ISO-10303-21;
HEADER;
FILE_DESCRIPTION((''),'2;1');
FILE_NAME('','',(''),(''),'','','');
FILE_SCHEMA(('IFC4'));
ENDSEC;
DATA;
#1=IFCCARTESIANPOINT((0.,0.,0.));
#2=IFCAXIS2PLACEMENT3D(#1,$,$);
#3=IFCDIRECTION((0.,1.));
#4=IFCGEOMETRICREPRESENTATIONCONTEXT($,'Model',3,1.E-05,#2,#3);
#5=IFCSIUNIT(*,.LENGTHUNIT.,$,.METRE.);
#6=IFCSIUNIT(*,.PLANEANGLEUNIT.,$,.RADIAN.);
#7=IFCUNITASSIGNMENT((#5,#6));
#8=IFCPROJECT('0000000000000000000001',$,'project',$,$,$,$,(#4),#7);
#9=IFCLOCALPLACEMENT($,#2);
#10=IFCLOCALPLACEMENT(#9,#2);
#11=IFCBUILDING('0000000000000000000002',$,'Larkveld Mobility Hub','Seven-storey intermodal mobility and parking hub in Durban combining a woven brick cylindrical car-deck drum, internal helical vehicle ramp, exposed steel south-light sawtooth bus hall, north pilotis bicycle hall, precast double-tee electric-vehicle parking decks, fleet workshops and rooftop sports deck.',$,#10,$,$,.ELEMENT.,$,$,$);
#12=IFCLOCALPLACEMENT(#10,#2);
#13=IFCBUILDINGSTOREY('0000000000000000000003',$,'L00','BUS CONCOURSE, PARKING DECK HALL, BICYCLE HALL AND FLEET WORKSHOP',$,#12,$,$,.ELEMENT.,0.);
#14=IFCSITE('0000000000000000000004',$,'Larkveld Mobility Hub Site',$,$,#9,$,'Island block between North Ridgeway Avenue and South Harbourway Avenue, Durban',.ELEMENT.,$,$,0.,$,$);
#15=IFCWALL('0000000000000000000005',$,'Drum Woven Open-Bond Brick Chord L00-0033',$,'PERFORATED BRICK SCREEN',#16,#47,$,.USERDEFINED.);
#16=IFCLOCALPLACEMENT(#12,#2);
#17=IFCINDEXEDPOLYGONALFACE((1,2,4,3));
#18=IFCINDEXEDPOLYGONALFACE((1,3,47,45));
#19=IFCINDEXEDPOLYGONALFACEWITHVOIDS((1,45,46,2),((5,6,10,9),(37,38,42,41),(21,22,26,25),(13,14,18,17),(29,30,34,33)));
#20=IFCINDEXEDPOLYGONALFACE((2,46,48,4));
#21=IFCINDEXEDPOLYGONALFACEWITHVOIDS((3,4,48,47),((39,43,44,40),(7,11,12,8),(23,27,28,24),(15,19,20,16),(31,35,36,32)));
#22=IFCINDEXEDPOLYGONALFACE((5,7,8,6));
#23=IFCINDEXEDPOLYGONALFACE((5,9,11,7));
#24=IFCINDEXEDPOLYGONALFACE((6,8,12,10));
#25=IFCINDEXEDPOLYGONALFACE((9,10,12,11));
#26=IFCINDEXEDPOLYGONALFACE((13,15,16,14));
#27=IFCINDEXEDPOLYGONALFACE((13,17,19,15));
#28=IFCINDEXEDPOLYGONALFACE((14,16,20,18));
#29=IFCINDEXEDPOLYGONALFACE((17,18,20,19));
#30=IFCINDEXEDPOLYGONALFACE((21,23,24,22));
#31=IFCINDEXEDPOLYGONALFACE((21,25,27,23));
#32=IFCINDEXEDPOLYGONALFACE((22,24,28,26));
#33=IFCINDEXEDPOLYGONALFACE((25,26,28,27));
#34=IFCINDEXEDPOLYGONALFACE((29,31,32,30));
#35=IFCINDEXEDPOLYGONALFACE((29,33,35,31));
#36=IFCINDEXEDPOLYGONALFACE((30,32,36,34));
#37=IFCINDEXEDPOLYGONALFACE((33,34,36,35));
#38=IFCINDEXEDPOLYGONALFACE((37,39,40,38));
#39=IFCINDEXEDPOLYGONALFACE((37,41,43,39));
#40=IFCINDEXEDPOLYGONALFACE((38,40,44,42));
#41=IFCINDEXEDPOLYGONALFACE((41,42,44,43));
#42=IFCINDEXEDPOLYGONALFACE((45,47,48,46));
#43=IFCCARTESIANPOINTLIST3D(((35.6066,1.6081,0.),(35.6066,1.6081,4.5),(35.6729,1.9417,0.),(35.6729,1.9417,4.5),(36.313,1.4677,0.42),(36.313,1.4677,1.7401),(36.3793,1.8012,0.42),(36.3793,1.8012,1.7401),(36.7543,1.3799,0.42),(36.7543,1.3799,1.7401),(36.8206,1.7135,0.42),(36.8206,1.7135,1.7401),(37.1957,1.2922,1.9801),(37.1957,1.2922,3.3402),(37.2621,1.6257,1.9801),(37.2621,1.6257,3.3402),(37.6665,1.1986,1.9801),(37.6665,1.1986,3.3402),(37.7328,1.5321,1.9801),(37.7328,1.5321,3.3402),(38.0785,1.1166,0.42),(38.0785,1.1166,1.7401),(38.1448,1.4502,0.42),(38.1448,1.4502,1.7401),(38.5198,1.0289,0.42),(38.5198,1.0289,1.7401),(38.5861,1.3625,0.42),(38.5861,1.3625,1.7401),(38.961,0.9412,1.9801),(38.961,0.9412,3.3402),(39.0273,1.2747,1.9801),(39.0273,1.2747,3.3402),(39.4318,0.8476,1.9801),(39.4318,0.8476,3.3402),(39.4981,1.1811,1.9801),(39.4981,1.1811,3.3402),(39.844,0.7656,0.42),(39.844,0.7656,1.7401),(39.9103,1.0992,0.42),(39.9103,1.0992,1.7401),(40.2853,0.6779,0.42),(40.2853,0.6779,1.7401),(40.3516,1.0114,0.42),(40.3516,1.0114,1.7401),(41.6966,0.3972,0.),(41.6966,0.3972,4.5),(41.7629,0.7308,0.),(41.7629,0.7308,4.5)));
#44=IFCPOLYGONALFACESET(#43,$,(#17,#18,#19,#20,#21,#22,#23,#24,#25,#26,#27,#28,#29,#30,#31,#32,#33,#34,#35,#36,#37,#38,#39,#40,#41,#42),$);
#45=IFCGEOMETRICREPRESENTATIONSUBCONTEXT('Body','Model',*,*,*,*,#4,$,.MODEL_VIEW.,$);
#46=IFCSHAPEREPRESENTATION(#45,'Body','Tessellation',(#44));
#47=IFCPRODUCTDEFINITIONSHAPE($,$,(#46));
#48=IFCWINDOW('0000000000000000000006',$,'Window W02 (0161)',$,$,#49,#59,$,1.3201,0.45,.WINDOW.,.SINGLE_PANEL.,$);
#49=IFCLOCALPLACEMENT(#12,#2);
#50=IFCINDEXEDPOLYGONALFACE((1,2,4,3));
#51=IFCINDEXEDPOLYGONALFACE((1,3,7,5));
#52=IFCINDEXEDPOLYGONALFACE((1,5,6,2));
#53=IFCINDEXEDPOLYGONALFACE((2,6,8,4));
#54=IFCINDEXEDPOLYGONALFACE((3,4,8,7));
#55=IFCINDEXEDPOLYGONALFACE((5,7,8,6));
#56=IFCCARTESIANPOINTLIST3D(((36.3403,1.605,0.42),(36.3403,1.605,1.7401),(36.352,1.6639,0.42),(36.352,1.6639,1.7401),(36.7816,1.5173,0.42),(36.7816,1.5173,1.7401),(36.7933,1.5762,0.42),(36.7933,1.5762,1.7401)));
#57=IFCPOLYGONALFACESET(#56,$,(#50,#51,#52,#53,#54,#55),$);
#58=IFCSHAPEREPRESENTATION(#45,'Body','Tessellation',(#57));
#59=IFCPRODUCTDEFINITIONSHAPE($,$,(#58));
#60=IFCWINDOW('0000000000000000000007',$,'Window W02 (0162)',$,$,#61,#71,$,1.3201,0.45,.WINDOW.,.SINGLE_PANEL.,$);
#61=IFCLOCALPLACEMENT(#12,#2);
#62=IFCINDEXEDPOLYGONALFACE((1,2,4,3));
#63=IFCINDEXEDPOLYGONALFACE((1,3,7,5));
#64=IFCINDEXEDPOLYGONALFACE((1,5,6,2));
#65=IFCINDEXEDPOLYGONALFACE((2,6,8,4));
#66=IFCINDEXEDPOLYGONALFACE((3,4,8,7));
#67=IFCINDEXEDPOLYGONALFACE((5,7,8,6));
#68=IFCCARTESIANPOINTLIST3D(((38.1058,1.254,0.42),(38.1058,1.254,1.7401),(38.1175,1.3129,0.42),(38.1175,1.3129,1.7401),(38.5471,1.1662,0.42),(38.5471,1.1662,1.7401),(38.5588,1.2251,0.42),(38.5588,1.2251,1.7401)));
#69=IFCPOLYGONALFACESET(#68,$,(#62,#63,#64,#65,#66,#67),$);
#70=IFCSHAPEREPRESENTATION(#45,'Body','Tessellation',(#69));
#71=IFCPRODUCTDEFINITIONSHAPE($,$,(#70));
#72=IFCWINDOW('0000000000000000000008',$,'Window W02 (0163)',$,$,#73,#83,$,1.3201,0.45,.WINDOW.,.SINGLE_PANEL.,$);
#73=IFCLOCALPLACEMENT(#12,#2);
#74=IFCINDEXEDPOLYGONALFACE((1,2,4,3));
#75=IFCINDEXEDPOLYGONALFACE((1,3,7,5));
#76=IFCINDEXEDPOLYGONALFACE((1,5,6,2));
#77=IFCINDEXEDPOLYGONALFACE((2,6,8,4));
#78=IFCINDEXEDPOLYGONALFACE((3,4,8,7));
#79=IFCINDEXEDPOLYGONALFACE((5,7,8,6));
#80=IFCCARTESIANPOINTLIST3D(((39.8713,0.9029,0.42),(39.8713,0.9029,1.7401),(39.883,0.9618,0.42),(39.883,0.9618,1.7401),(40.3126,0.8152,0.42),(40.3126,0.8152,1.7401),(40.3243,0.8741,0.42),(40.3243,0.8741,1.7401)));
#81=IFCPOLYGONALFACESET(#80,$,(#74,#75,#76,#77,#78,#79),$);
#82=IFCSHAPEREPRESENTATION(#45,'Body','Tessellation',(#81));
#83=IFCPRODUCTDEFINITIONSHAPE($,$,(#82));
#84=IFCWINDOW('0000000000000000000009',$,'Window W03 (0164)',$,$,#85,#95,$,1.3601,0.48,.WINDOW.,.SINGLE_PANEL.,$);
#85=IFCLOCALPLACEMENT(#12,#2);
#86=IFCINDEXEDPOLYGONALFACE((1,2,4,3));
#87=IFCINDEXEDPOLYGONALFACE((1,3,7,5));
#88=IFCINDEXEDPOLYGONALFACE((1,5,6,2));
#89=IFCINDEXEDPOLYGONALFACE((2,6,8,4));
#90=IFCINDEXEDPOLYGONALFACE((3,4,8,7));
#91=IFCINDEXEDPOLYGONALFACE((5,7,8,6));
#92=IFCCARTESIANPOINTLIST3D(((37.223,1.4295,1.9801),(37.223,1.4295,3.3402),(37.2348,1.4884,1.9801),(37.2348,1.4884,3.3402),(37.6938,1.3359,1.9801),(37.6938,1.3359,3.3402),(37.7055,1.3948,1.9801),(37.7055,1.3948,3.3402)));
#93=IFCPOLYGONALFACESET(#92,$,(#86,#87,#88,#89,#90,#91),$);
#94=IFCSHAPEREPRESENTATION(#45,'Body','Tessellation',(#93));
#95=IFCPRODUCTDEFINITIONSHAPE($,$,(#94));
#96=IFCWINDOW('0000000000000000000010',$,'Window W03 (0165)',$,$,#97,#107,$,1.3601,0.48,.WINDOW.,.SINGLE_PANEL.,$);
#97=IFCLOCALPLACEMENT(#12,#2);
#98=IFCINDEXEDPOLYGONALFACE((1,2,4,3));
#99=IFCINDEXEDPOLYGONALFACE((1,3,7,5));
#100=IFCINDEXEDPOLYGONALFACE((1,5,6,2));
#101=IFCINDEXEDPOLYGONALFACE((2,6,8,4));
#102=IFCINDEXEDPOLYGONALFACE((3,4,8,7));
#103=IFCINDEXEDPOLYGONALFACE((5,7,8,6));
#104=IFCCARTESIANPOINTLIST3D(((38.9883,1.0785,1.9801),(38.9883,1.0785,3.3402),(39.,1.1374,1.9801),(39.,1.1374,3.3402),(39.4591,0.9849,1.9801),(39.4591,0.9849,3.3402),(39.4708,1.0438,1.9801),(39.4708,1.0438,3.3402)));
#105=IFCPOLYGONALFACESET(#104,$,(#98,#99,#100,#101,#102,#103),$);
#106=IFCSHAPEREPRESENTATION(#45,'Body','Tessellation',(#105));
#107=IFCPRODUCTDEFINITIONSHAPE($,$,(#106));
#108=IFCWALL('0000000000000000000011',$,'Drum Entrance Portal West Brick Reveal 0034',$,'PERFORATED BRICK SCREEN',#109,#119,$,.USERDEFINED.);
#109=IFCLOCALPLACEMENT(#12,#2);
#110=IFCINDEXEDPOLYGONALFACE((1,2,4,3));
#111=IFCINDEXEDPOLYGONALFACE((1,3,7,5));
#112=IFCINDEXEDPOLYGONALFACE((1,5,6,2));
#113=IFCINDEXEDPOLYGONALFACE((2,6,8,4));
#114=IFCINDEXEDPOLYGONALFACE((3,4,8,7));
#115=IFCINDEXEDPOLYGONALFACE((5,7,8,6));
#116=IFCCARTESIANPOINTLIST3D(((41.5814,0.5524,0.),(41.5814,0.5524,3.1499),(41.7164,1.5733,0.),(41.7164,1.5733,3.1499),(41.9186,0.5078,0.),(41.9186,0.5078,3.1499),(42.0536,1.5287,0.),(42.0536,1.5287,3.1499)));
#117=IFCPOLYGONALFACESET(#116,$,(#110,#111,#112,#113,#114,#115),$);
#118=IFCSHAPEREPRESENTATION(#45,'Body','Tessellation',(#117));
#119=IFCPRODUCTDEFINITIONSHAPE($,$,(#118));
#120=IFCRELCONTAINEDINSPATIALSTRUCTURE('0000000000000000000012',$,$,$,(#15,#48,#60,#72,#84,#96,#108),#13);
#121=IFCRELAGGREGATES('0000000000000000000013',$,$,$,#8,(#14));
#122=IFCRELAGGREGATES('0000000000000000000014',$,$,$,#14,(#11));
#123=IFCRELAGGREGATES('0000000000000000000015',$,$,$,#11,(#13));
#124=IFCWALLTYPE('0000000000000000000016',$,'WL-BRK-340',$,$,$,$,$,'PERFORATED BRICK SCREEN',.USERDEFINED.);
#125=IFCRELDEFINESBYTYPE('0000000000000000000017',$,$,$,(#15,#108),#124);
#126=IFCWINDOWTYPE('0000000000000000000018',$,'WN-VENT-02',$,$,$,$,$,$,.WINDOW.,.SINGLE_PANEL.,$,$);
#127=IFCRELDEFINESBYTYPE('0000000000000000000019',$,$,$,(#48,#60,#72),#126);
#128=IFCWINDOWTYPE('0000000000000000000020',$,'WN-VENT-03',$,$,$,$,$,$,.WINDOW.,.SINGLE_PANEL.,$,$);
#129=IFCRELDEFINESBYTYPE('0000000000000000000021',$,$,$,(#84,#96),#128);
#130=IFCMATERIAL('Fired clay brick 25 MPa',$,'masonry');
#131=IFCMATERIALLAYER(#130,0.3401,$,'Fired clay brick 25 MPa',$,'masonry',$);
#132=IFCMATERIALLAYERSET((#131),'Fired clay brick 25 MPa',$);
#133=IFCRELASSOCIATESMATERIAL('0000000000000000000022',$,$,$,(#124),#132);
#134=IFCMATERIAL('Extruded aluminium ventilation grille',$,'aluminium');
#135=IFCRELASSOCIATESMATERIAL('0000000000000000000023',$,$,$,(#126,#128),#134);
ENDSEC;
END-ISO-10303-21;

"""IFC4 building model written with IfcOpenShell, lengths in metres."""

from ifc_helpers import new_model, si_unit, direction, frame, frame_2d, origin, place, context, subcontext, project, spatial, rectangle, extrude, material, layer, layer_set, type_object, element, fill, save


model = new_model("IFC4")

# Units and contexts
model_context = context("Model", 3, precision=1e-05, world=origin(), true_north=direction((0.0, 1.0)))
body_context = subcontext(model_context, "Body", "Model", "MODEL_VIEW")
ifc_project = project(units=[si_unit("LENGTHUNIT", "METRE"), si_unit("PLANEANGLEUNIT", "RADIAN")], contexts=[model_context])

# Site, building, storey
site_placement = place(None, origin())
site = spatial("IfcSite", under=ifc_project, at=site_placement, Name="Larkveld Mobility Hub Site", LongName="Island block between North Ridgeway Avenue and South Harbourway Avenue, Durban", CompositionType="ELEMENT", RefElevation=0.0)
building_placement = place(site_placement, origin())
building = spatial("IfcBuilding", under=site, at=building_placement, Name="Larkveld Mobility Hub", Description="Seven-storey intermodal mobility and parking hub in Durban combining a woven brick cylindrical car-deck drum, internal helical vehicle ramp, exposed steel south-light sawtooth bus hall, north pilotis bicycle hall, precast double-tee electric-vehicle parking decks, fleet workshops and rooftop sports deck.", CompositionType="ELEMENT")
storey_placement = place(building_placement, origin())
storey = spatial("IfcBuildingStorey", under=building, at=storey_placement, Name="L00", Description="BUS CONCOURSE, PARKING DECK HALL, BICYCLE HALL AND FLEET WORKSHOP", CompositionType="ELEMENT", Elevation=0.0)

# Wall, openings, windows
ifc_material_1 = material(Name="Fired clay brick 25 MPa", Category="masonry")
ifc_layer = layer(ifc_material_1, 0.3401, Name="Fired clay brick 25 MPa", Category="masonry")
ifc_layer_set = layer_set([ifc_layer], Name="Fired clay brick 25 MPa")
wall_type = type_object("IfcWallType", Name="WL-BRK-340", ElementType="PERFORATED BRICK SCREEN", PredefinedType="USERDEFINED", material=ifc_layer_set)
wall_1_placement = place(storey_placement, frame((35.6399, 1.7749, 0.0), z_axis=(0.0, 0.0, 1.0), x_axis=(0.980799, -0.19502, 0.0)))
wall_1 = element("IfcWall", 1, at=wall_1_placement, inside=storey, type_object=wall_type, Name="Drum Woven Open-Bond Brick Chord L00-0033", ObjectType="PERFORATED BRICK SCREEN", PredefinedType="USERDEFINED", context=body_context, shape_type="SweptSolid", body=[
    extrude(rectangle(XDim=6.2092, YDim=0.3401, at=frame_2d((3.1045, 0.0))), origin(), (0.0, 0.0, 1.0), 4.5),
])
opening_1_placement = place(wall_1_placement, frame((0.72, 0.0, 0.4199)))
opening_1 = element("IfcOpeningElement", 2, at=opening_1_placement, cuts=wall_1, PredefinedType="OPENING", context=body_context, shape_type="SweptSolid", body=[
    extrude(rectangle(XDim=0.45, YDim=1.3201, at=frame_2d((0.2251, 0.6602))), frame((0.0, 0.1802, 0.0), z_axis=(0.0, -1.0, 0.0), x_axis=(1.0, 0.0, 0.0)), (0.0, 0.0, 1.0), 0.3601),
])
opening_2_placement = place(wall_1_placement, frame((2.52, 0.0, 0.4199)))
opening_2 = element("IfcOpeningElement", 3, at=opening_2_placement, cuts=wall_1, PredefinedType="OPENING", context=body_context, shape_type="SweptSolid", body=[
    extrude(rectangle(XDim=0.45, YDim=1.3201, at=frame_2d((0.2251, 0.6602))), frame((0.0, 0.1802, 0.0), z_axis=(0.0, -1.0, 0.0), x_axis=(1.0, 0.0, 0.0)), (0.0, 0.0, 1.0), 0.3601),
])
opening_3_placement = place(wall_1_placement, frame((4.3201, 0.0, 0.4199)))
opening_3 = element("IfcOpeningElement", 4, at=opening_3_placement, cuts=wall_1, PredefinedType="OPENING", context=body_context, shape_type="SweptSolid", body=[
    extrude(rectangle(XDim=0.45, YDim=1.3201, at=frame_2d((0.2251, 0.6602))), frame((0.0, 0.1802, 0.0), z_axis=(0.0, -1.0, 0.0), x_axis=(1.0, 0.0, 0.0)), (0.0, 0.0, 1.0), 0.3601),
])
opening_4_placement = place(wall_1_placement, frame((1.6201, 0.0, 1.98)))
opening_4 = element("IfcOpeningElement", 5, at=opening_4_placement, cuts=wall_1, PredefinedType="OPENING", context=body_context, shape_type="SweptSolid", body=[
    extrude(rectangle(XDim=0.48, YDim=1.3601, at=frame_2d((0.24, 0.6802))), frame((0.0, 0.1802, 0.0), z_axis=(0.0, -1.0, 0.0), x_axis=(1.0, 0.0, 0.0)), (0.0, 0.0, 1.0), 0.3601),
])
opening_5_placement = place(wall_1_placement, frame((3.4199, 0.0, 1.98)))
opening_5 = element("IfcOpeningElement", 6, at=opening_5_placement, cuts=wall_1, PredefinedType="OPENING", context=body_context, shape_type="SweptSolid", body=[
    extrude(rectangle(XDim=0.48, YDim=1.3601, at=frame_2d((0.24, 0.6802))), frame((0.0, 0.1802, 0.0), z_axis=(0.0, -1.0, 0.0), x_axis=(1.0, 0.0, 0.0)), (0.0, 0.0, 1.0), 0.3601),
])
ifc_material_2 = material(Name="Extruded aluminium ventilation grille", Category="aluminium")
window_type_1 = type_object("IfcWindowType", Name="WN-VENT-02", PartitioningType="SINGLE_PANEL", PredefinedType="WINDOW", material=ifc_material_2)
window_1_placement = place(opening_1_placement, origin())
window_1 = element("IfcWindow", 7, at=window_1_placement, inside=storey, type_object=window_type_1, Name="Window W02 (0161)", OverallHeight=1.3201, OverallWidth=0.45, PartitioningType="SINGLE_PANEL", PredefinedType="WINDOW", context=body_context, shape_type="SweptSolid", body=[
    extrude(rectangle(XDim=0.45, YDim=1.3201, at=frame_2d((0.2251, 0.6602))), frame((0.0, 0.03, 0.0), z_axis=(0.0, -1.0, 0.0), x_axis=(1.0, 0.0, 0.0)), (0.0, 0.0, 1.0), 0.0601),
])
fill(opening_1, window_1)
window_2_placement = place(opening_2_placement, origin())
window_2 = element("IfcWindow", 8, at=window_2_placement, inside=storey, type_object=window_type_1, Name="Window W02 (0162)", OverallHeight=1.3201, OverallWidth=0.45, PartitioningType="SINGLE_PANEL", PredefinedType="WINDOW", context=body_context, shape_type="SweptSolid", body=[
    extrude(rectangle(XDim=0.45, YDim=1.3201, at=frame_2d((0.2251, 0.6602))), frame((0.0, 0.03, 0.0), z_axis=(0.0, -1.0, 0.0), x_axis=(1.0, 0.0, 0.0)), (0.0, 0.0, 1.0), 0.0601),
])
fill(opening_2, window_2)
window_3_placement = place(opening_3_placement, origin())
window_3 = element("IfcWindow", 9, at=window_3_placement, inside=storey, type_object=window_type_1, Name="Window W02 (0163)", OverallHeight=1.3201, OverallWidth=0.45, PartitioningType="SINGLE_PANEL", PredefinedType="WINDOW", context=body_context, shape_type="SweptSolid", body=[
    extrude(rectangle(XDim=0.45, YDim=1.3201, at=frame_2d((0.2251, 0.6602))), frame((0.0, 0.03, 0.0), z_axis=(0.0, -1.0, 0.0), x_axis=(1.0, 0.0, 0.0)), (0.0, 0.0, 1.0), 0.0601),
])
fill(opening_3, window_3)
window_type_2 = type_object("IfcWindowType", Name="WN-VENT-03", PartitioningType="SINGLE_PANEL", PredefinedType="WINDOW", material=ifc_material_2)
window_4_placement = place(opening_4_placement, origin())
window_4 = element("IfcWindow", 10, at=window_4_placement, inside=storey, type_object=window_type_2, Name="Window W03 (0164)", OverallHeight=1.3601, OverallWidth=0.48, PartitioningType="SINGLE_PANEL", PredefinedType="WINDOW", context=body_context, shape_type="SweptSolid", body=[
    extrude(rectangle(XDim=0.48, YDim=1.3601, at=frame_2d((0.24, 0.6802))), frame((0.0, 0.03, 0.0), z_axis=(0.0, -1.0, 0.0), x_axis=(1.0, 0.0, 0.0)), (0.0, 0.0, 1.0), 0.0601),
])
fill(opening_4, window_4)
window_5_placement = place(opening_5_placement, origin())
window_5 = element("IfcWindow", 11, at=window_5_placement, inside=storey, type_object=window_type_2, Name="Window W03 (0165)", OverallHeight=1.3601, OverallWidth=0.48, PartitioningType="SINGLE_PANEL", PredefinedType="WINDOW", context=body_context, shape_type="SweptSolid", body=[
    extrude(rectangle(XDim=0.48, YDim=1.3601, at=frame_2d((0.24, 0.6802))), frame((0.0, 0.03, 0.0), z_axis=(0.0, -1.0, 0.0), x_axis=(1.0, 0.0, 0.0)), (0.0, 0.0, 1.0), 0.0601),
])
fill(opening_5, window_5)

# Wall
wall_2_placement = place(storey_placement, frame((41.885, 1.551, 0.0), z_axis=(0.0, 0.0, 1.0), x_axis=(-0.131092, -0.99137, 0.0)))
element("IfcWall", 12, at=wall_2_placement, inside=storey, type_object=wall_type, Name="Drum Entrance Portal West Brick Reveal 0034", ObjectType="PERFORATED BRICK SCREEN", PredefinedType="USERDEFINED", context=body_context, shape_type="SweptSolid", body=[
    extrude(rectangle(XDim=1.0298, YDim=0.3401, at=frame_2d((0.5149, 0.0))), origin(), (0.0, 0.0, 1.0), 3.1499),
])

save(model, "model.ifc")
